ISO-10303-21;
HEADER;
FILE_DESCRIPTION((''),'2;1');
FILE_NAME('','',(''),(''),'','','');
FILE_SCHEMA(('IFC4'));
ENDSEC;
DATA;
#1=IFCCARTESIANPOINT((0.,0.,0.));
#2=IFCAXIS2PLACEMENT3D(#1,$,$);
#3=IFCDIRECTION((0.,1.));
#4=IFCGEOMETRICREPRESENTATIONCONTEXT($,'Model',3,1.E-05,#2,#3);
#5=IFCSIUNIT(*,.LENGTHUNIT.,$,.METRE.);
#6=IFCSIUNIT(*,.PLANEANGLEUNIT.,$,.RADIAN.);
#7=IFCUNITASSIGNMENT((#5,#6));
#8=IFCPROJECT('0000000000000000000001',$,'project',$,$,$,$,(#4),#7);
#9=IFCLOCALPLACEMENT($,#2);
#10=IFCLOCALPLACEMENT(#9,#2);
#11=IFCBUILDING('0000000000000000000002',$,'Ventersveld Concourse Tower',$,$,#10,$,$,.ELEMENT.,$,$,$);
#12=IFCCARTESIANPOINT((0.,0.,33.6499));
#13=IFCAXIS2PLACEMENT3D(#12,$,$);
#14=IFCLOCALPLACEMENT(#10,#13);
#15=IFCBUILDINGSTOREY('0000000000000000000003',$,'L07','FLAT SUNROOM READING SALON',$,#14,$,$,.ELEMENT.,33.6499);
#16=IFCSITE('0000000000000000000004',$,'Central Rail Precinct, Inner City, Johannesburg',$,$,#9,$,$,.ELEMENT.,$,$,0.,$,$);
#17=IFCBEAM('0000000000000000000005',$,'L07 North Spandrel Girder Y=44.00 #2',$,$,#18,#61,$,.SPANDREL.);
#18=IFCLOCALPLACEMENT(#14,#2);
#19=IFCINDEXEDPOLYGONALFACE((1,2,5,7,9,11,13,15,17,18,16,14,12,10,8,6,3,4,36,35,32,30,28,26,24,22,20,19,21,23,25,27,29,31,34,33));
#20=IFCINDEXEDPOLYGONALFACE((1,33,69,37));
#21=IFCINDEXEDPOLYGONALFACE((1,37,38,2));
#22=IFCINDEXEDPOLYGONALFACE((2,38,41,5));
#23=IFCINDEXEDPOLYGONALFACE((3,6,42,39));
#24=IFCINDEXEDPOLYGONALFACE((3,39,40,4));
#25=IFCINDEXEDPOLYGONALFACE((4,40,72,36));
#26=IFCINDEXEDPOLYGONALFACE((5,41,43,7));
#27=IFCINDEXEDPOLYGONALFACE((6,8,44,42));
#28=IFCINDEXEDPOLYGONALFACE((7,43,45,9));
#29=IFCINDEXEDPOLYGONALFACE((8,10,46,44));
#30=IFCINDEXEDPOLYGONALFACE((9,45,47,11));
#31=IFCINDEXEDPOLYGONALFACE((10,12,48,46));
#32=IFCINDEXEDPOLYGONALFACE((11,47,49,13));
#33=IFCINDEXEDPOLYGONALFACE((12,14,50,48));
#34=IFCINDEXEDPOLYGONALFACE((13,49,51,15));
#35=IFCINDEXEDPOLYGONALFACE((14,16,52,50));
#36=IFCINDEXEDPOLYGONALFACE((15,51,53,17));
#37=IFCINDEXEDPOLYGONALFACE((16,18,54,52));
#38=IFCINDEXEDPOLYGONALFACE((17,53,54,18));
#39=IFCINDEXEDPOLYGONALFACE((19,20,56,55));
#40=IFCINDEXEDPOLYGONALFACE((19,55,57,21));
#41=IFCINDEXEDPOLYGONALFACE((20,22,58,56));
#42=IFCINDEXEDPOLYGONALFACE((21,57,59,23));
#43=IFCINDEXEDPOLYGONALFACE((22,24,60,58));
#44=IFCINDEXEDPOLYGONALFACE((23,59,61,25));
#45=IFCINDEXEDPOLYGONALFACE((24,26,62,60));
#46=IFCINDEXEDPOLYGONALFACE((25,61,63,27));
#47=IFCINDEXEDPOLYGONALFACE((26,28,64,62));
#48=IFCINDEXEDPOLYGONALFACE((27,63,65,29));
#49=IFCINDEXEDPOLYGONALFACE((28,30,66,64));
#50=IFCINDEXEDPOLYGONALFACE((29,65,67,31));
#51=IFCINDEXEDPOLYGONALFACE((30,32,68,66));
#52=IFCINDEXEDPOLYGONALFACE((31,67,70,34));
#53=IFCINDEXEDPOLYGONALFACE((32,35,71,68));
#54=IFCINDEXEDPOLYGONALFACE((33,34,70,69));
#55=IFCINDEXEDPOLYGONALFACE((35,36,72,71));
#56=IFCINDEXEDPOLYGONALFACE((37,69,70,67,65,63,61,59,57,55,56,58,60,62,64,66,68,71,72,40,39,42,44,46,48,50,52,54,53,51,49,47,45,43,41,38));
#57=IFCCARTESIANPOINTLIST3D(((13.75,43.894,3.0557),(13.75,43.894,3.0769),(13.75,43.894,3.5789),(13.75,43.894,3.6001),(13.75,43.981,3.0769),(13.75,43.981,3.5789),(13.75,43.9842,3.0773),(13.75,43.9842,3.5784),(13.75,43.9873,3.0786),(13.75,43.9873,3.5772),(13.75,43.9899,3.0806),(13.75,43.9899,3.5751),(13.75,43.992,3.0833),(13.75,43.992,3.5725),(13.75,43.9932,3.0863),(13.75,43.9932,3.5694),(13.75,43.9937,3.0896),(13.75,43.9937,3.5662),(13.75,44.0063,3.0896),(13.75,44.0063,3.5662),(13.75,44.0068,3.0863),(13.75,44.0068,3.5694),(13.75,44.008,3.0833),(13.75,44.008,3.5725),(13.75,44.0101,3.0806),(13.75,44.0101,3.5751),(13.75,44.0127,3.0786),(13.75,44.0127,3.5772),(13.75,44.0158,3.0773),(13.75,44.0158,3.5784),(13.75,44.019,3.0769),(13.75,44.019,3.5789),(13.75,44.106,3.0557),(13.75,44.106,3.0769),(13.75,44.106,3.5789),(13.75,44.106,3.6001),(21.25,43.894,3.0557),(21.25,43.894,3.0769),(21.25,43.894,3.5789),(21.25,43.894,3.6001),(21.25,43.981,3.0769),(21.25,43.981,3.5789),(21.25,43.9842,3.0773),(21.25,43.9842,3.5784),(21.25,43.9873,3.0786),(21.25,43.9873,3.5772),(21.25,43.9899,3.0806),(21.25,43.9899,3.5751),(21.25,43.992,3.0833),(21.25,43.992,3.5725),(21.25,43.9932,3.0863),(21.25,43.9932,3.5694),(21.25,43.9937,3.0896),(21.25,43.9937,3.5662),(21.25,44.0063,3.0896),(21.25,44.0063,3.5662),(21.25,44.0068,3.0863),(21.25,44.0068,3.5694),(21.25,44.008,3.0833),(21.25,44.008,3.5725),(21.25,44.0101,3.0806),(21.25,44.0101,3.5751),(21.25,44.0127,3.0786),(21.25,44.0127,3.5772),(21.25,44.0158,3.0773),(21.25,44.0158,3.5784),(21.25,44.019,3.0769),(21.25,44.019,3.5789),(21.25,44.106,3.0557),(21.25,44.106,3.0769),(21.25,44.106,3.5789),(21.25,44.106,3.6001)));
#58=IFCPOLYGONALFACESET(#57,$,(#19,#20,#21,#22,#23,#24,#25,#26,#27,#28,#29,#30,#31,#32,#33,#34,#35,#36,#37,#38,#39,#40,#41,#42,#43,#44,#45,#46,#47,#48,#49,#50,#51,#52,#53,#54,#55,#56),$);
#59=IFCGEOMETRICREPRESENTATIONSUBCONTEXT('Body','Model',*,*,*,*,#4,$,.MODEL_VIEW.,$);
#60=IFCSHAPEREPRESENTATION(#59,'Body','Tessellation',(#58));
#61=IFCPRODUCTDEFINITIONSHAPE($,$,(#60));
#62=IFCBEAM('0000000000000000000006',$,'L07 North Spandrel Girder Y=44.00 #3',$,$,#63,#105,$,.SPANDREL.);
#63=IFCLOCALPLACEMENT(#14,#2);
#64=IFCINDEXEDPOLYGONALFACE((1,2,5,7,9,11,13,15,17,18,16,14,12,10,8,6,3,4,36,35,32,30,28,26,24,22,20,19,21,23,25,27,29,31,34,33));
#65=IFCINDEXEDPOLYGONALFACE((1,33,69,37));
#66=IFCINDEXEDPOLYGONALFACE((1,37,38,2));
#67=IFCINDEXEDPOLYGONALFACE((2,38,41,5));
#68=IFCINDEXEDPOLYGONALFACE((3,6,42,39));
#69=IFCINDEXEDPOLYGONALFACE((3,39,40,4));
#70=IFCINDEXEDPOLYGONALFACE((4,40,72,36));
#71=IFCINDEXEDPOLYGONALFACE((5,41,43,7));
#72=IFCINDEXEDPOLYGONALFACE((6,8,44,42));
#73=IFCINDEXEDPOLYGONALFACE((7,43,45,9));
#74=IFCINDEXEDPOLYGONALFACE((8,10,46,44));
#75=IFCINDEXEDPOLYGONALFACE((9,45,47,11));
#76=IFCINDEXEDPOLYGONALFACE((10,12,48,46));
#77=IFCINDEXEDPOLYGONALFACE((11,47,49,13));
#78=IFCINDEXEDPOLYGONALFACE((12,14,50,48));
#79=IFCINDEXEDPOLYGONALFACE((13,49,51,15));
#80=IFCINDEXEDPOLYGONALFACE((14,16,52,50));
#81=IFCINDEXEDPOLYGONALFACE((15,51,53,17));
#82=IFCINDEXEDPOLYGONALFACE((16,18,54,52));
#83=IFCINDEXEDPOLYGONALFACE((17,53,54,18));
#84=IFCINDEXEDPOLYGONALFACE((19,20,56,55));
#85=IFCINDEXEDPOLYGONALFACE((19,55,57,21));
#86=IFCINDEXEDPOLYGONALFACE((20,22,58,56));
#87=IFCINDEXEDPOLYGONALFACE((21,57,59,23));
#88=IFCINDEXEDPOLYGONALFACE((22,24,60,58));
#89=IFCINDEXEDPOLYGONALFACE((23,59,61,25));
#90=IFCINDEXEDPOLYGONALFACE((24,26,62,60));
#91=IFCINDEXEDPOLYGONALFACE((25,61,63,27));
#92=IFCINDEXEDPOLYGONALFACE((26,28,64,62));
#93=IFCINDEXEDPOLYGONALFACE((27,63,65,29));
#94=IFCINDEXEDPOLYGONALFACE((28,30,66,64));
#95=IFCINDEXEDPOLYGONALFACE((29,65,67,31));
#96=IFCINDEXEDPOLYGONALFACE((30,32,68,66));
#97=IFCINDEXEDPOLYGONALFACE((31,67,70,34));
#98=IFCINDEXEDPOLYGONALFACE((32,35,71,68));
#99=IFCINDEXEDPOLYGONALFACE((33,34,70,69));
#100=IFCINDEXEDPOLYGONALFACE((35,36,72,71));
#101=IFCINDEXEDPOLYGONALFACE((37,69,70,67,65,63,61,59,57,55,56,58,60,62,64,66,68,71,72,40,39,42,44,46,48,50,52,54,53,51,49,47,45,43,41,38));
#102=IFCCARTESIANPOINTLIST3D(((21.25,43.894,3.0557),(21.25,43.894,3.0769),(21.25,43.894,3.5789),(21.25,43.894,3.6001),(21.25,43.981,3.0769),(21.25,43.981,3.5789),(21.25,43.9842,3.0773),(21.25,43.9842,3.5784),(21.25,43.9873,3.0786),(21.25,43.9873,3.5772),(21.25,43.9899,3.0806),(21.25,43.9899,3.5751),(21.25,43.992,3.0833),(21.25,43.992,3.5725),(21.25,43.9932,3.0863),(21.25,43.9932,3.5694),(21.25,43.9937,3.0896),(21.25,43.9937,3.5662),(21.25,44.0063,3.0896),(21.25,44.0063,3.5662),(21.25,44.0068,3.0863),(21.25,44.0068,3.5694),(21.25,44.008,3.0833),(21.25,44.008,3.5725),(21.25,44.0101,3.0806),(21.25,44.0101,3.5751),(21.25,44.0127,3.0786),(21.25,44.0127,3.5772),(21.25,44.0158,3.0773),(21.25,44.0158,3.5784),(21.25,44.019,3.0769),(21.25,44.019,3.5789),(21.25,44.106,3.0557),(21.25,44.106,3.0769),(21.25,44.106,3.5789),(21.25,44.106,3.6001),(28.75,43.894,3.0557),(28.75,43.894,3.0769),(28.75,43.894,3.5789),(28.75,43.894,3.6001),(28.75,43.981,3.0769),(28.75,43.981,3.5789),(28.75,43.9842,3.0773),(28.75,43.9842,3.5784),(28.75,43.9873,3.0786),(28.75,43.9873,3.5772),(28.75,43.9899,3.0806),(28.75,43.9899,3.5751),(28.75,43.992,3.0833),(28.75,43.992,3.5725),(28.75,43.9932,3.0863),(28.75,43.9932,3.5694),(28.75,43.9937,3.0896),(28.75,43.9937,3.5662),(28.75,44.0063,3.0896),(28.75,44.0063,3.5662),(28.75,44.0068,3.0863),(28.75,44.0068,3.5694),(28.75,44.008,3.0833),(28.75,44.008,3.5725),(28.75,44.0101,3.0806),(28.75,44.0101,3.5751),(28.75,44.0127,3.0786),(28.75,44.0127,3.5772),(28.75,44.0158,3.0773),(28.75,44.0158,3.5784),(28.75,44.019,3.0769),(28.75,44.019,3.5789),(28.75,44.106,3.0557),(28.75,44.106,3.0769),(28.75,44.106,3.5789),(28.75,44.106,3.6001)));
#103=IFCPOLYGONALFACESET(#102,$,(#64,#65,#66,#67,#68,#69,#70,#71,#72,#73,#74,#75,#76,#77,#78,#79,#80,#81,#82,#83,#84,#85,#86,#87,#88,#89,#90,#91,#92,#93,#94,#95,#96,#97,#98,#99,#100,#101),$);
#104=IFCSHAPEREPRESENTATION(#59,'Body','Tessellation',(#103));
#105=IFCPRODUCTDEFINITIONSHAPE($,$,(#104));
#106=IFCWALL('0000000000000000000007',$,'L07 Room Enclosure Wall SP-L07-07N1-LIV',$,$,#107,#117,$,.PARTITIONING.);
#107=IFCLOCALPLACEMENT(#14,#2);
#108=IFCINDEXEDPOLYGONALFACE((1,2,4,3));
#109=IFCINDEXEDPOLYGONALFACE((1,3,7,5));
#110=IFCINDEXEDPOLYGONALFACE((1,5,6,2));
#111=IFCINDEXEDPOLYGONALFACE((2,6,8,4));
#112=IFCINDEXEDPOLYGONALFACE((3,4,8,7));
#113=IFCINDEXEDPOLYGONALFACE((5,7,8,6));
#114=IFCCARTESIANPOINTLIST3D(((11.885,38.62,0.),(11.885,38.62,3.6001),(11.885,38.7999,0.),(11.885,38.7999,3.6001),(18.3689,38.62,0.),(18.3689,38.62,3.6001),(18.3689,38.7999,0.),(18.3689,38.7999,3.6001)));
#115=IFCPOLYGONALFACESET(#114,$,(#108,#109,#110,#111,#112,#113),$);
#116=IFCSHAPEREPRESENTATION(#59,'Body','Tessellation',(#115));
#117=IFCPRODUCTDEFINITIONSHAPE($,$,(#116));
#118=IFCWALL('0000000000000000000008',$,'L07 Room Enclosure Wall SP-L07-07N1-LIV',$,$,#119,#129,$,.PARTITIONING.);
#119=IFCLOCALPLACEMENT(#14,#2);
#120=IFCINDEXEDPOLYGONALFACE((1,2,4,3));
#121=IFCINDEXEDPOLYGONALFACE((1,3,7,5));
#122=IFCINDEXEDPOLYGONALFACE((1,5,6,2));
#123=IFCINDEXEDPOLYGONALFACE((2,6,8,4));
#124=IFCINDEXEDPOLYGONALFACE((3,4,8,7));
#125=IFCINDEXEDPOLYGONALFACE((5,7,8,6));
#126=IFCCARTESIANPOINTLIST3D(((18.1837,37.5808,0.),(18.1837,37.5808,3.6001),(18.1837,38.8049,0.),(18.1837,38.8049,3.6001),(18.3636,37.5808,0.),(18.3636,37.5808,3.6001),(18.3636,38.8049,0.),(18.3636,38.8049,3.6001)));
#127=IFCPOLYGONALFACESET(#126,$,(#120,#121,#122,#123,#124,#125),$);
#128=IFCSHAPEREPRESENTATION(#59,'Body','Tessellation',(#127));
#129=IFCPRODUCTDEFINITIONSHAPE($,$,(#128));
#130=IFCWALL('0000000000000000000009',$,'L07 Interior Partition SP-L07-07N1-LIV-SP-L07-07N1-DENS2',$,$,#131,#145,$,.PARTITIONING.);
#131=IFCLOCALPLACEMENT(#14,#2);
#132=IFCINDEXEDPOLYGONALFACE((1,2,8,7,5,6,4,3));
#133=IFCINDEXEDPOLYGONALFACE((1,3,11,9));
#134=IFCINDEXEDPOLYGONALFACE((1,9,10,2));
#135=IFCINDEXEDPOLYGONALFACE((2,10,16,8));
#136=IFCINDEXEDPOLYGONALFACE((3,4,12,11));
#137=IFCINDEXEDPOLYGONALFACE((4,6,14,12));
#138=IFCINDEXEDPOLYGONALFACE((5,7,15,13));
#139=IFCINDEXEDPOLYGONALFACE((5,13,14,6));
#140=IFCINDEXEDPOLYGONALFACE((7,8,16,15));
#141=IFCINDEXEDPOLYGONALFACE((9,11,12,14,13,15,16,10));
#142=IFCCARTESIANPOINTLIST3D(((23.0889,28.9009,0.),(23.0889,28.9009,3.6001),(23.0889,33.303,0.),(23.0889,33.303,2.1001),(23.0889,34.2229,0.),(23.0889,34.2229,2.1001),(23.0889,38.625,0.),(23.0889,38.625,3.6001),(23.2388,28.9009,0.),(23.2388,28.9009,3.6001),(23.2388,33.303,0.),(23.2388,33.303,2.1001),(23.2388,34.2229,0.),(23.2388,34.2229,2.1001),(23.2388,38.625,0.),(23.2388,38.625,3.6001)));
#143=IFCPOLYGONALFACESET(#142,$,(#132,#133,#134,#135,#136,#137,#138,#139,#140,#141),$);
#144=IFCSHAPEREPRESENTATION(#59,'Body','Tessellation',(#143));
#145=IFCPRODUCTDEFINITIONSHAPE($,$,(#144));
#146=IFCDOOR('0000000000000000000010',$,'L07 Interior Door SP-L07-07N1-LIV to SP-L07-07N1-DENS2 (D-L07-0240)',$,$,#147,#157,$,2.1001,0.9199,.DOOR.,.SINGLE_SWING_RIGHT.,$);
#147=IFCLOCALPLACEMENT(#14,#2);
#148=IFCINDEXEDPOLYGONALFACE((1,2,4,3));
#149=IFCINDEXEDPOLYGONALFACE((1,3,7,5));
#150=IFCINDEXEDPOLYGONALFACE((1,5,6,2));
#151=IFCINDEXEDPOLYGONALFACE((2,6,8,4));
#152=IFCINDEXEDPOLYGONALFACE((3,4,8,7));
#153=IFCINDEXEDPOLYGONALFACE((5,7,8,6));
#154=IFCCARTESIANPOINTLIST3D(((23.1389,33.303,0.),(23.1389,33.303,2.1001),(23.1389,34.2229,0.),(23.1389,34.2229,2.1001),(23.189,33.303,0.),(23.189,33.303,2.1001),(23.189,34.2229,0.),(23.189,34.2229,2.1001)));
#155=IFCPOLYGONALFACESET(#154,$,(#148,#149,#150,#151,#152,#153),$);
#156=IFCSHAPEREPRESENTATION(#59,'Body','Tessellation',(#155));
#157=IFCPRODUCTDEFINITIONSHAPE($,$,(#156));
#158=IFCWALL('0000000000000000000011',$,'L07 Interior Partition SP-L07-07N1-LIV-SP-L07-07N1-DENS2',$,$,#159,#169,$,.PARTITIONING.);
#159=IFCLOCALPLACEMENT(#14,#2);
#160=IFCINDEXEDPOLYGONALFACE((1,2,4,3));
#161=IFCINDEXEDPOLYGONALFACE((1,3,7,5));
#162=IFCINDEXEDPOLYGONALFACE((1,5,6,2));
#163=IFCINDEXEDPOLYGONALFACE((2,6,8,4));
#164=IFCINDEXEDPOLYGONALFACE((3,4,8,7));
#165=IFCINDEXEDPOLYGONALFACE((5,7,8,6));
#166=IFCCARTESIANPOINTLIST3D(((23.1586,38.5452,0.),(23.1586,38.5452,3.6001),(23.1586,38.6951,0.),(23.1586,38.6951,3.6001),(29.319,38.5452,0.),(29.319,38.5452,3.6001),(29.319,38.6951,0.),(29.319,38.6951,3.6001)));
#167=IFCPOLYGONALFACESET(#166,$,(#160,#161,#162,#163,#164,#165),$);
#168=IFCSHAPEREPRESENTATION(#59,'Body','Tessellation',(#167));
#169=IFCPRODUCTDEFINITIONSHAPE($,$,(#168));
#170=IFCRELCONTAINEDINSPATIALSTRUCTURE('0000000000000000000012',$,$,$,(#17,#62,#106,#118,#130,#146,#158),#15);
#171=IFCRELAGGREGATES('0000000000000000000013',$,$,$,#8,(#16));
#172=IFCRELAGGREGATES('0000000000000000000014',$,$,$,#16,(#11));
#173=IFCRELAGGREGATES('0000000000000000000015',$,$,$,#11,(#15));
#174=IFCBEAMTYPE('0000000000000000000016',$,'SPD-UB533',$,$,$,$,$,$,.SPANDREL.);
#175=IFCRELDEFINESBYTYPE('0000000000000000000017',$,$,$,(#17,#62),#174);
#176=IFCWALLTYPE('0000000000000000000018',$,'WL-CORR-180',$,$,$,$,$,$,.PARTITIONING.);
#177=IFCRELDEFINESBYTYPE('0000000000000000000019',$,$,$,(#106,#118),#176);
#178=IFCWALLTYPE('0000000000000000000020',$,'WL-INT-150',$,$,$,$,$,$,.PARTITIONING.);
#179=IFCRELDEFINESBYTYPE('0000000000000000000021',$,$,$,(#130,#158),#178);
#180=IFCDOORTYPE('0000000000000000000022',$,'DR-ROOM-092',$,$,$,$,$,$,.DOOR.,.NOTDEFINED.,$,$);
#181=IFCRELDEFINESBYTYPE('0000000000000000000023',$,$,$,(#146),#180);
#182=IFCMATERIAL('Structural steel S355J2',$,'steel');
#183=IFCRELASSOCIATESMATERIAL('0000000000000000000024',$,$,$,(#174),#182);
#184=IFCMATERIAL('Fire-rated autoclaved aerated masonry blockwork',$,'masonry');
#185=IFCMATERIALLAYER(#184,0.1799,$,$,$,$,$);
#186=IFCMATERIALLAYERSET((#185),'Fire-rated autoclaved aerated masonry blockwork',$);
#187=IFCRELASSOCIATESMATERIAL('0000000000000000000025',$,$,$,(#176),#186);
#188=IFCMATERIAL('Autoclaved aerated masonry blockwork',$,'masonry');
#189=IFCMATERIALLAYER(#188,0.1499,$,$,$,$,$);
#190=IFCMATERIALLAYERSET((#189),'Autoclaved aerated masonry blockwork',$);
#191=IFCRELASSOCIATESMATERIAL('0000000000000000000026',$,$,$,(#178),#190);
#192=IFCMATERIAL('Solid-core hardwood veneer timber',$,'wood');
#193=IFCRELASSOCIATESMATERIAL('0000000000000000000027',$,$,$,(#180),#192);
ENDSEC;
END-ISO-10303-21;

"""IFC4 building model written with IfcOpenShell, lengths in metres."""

from ifc_helpers import new_model, si_unit, direction, frame, frame_2d, origin, origin_2d, place, context, subcontext, project, spatial, rectangle, i_section, extrude, material, layer, layer_set, material_profile, profile_set, type_object, element, fill, save


model = new_model("IFC4")

# Units and contexts
model_context = context("Model", 3, precision=1e-05, world=origin(), true_north=direction((0.0, 1.0)))
body_context = subcontext(model_context, "Body", "Model", "MODEL_VIEW")
ifc_project = project(units=[si_unit("LENGTHUNIT", "METRE"), si_unit("PLANEANGLEUNIT", "RADIAN")], contexts=[model_context])

# Site, building, storey
site_placement = place(None, origin())
site = spatial("IfcSite", under=ifc_project, at=site_placement, Name="Central Rail Precinct, Inner City, Johannesburg", CompositionType="ELEMENT", RefElevation=0.0)
building_placement = place(site_placement, origin())
building = spatial("IfcBuilding", under=site, at=building_placement, Name="Ventersveld Concourse Tower", CompositionType="ELEMENT")
storey_placement = place(building_placement, frame((0.0, 0.0, 33.6499)))
storey = spatial("IfcBuildingStorey", under=building, at=storey_placement, Name="L07", Description="FLAT SUNROOM READING SALON", CompositionType="ELEMENT", Elevation=33.6499)

# Shared definitions
ifc_material_1 = material(Name="Structural steel S355J2", Category="steel")

# Beams
ifc_material_profile_1 = material_profile(ifc_material_1, i_section(OverallWidth=0.2119, OverallDepth=0.5444, WebThickness=0.0127, FlangeThickness=0.0212, FilletRadius=0.0127, at=origin_2d()), Name="UB 533x210x122")
ifc_profile_set_1 = profile_set([ifc_material_profile_1], Name="Structural steel S355J2")
beam_type_1 = type_object("IfcBeamType", Name="SPD-UB533", PredefinedType="SPANDREL", material=ifc_profile_set_1)
for number, where, z_axis, x_axis, name in (
    (1, (13.75, 44.0, 3.3279), (1.0, 0.0, 0.0), (0.0, 1.0, 0.0), "L07 North Spandrel Girder Y=44.00 #2"),
    (2, (21.25, 44.0, 3.3279), (1.0, 0.0, 0.0), (0.0, 1.0, 0.0), "L07 North Spandrel Girder Y=44.00 #3"),
):
    element("IfcBeam", number, at=place(storey_placement, frame(where, z_axis=z_axis, x_axis=x_axis)), inside=storey, type_object=beam_type_1, Name=name, PredefinedType="SPANDREL", context=body_context, shape_type="SweptSolid", body=[
        extrude(i_section(OverallWidth=0.2119, OverallDepth=0.5444, WebThickness=0.0127, FlangeThickness=0.0212, FilletRadius=0.0127, at=origin_2d()), origin(), (0.0, 0.0, 1.0), 7.5),
    ])

# Walls
ifc_material_2 = material(Name="Fire-rated autoclaved aerated masonry blockwork", Category="masonry")
ifc_layer_1 = layer(ifc_material_2, 0.1799)
ifc_layer_set_1 = layer_set([ifc_layer_1], Name="Fire-rated autoclaved aerated masonry blockwork")
wall_type_1 = type_object("IfcWallType", Name="WL-CORR-180", PredefinedType="PARTITIONING", material=ifc_layer_set_1)
wall_1_placement = place(storey_placement, frame((18.3689, 38.71, 0.0), z_axis=(0.0, 0.0, 1.0), x_axis=(-1.0, 0.0, 0.0)))
element("IfcWall", 3, at=wall_1_placement, inside=storey, type_object=wall_type_1, Name="L07 Room Enclosure Wall SP-L07-07N1-LIV", PredefinedType="PARTITIONING", context=body_context, shape_type="SweptSolid", body=[
    extrude(rectangle(XDim=6.4839, YDim=0.1799, at=frame_2d((3.2419, 0.0))), origin(), (0.0, 0.0, 1.0), 3.6001),
])
wall_2_placement = place(storey_placement, frame((18.2737, 37.5808, 0.0), z_axis=(0.0, 0.0, 1.0), x_axis=(0.0, 1.0, 0.0)))
element("IfcWall", 4, at=wall_2_placement, inside=storey, type_object=wall_type_1, Name="L07 Room Enclosure Wall SP-L07-07N1-LIV", PredefinedType="PARTITIONING", context=body_context, shape_type="SweptSolid", body=[
    extrude(rectangle(XDim=1.2241, YDim=0.1799, at=frame_2d((0.6121, 0.0))), origin(), (0.0, 0.0, 1.0), 3.6001),
])

# Wall, opening, door
ifc_material_3 = material(Name="Autoclaved aerated masonry blockwork", Category="masonry")
ifc_layer_2 = layer(ifc_material_3, 0.1499)
ifc_layer_set_2 = layer_set([ifc_layer_2], Name="Autoclaved aerated masonry blockwork")
wall_type_2 = type_object("IfcWallType", Name="WL-INT-150", PredefinedType="PARTITIONING", material=ifc_layer_set_2)
wall_3_placement = place(storey_placement, frame((23.1638, 28.9009, 0.0), z_axis=(0.0, 0.0, 1.0), x_axis=(0.0, 1.0, 0.0)))
wall_3 = element("IfcWall", 5, at=wall_3_placement, inside=storey, type_object=wall_type_2, Name="L07 Interior Partition SP-L07-07N1-LIV-SP-L07-07N1-DENS2", PredefinedType="PARTITIONING", context=body_context, shape_type="SweptSolid", body=[
    extrude(rectangle(XDim=9.7241, YDim=0.1499, at=frame_2d((4.8621, 0.0))), origin(), (0.0, 0.0, 1.0), 3.6001),
])
opening_1_placement = place(wall_3_placement, frame((4.4021, 0.0, 0.0)))
opening_1 = element("IfcOpeningElement", 6, at=opening_1_placement, cuts=wall_3, PredefinedType="OPENING", context=body_context, shape_type="SweptSolid", body=[
    extrude(rectangle(XDim=0.9199, YDim=2.1001, at=frame_2d((0.46, 1.05))), frame((0.0, 0.085, 0.0), z_axis=(0.0, -1.0, 0.0), x_axis=(1.0, 0.0, 0.0)), (0.0, 0.0, 1.0), 0.1699),
])
ifc_material_4 = material(Name="Solid-core hardwood veneer timber", Category="wood")
door_type = type_object("IfcDoorType", Name="DR-ROOM-092", OperationType="NOTDEFINED", PredefinedType="DOOR", material=ifc_material_4)
door_1_placement = place(opening_1_placement, origin())
door_1 = element("IfcDoor", 7, at=door_1_placement, inside=storey, type_object=door_type, Name="L07 Interior Door SP-L07-07N1-LIV to SP-L07-07N1-DENS2 (D-L07-0240)", OperationType="SINGLE_SWING_RIGHT", OverallHeight=2.1001, OverallWidth=0.9199, PredefinedType="DOOR", context=body_context, shape_type="SweptSolid", body=[
    extrude(rectangle(XDim=0.9199, YDim=2.1001, at=frame_2d((0.46, 1.05))), frame((0.0, 0.0249, 0.0), z_axis=(0.0, -1.0, 0.0), x_axis=(1.0, 0.0, 0.0)), (0.0, 0.0, 1.0), 0.05),
])
fill(opening_1, door_1)

# Wall
wall_4_placement = place(storey_placement, frame((23.1587, 38.6201, 0.0), z_axis=(0.0, 0.0, 1.0), x_axis=(1.0, 0.0, 0.0)))
element("IfcWall", 8, at=wall_4_placement, inside=storey, type_object=wall_type_2, Name="L07 Interior Partition SP-L07-07N1-LIV-SP-L07-07N1-DENS2", PredefinedType="PARTITIONING", context=body_context, shape_type="SweptSolid", body=[
    extrude(rectangle(XDim=6.1604, YDim=0.1499, at=frame_2d((3.0801, 0.0))), origin(), (0.0, 0.0, 1.0), 3.6001),
])

save(model, "model.ifc")
